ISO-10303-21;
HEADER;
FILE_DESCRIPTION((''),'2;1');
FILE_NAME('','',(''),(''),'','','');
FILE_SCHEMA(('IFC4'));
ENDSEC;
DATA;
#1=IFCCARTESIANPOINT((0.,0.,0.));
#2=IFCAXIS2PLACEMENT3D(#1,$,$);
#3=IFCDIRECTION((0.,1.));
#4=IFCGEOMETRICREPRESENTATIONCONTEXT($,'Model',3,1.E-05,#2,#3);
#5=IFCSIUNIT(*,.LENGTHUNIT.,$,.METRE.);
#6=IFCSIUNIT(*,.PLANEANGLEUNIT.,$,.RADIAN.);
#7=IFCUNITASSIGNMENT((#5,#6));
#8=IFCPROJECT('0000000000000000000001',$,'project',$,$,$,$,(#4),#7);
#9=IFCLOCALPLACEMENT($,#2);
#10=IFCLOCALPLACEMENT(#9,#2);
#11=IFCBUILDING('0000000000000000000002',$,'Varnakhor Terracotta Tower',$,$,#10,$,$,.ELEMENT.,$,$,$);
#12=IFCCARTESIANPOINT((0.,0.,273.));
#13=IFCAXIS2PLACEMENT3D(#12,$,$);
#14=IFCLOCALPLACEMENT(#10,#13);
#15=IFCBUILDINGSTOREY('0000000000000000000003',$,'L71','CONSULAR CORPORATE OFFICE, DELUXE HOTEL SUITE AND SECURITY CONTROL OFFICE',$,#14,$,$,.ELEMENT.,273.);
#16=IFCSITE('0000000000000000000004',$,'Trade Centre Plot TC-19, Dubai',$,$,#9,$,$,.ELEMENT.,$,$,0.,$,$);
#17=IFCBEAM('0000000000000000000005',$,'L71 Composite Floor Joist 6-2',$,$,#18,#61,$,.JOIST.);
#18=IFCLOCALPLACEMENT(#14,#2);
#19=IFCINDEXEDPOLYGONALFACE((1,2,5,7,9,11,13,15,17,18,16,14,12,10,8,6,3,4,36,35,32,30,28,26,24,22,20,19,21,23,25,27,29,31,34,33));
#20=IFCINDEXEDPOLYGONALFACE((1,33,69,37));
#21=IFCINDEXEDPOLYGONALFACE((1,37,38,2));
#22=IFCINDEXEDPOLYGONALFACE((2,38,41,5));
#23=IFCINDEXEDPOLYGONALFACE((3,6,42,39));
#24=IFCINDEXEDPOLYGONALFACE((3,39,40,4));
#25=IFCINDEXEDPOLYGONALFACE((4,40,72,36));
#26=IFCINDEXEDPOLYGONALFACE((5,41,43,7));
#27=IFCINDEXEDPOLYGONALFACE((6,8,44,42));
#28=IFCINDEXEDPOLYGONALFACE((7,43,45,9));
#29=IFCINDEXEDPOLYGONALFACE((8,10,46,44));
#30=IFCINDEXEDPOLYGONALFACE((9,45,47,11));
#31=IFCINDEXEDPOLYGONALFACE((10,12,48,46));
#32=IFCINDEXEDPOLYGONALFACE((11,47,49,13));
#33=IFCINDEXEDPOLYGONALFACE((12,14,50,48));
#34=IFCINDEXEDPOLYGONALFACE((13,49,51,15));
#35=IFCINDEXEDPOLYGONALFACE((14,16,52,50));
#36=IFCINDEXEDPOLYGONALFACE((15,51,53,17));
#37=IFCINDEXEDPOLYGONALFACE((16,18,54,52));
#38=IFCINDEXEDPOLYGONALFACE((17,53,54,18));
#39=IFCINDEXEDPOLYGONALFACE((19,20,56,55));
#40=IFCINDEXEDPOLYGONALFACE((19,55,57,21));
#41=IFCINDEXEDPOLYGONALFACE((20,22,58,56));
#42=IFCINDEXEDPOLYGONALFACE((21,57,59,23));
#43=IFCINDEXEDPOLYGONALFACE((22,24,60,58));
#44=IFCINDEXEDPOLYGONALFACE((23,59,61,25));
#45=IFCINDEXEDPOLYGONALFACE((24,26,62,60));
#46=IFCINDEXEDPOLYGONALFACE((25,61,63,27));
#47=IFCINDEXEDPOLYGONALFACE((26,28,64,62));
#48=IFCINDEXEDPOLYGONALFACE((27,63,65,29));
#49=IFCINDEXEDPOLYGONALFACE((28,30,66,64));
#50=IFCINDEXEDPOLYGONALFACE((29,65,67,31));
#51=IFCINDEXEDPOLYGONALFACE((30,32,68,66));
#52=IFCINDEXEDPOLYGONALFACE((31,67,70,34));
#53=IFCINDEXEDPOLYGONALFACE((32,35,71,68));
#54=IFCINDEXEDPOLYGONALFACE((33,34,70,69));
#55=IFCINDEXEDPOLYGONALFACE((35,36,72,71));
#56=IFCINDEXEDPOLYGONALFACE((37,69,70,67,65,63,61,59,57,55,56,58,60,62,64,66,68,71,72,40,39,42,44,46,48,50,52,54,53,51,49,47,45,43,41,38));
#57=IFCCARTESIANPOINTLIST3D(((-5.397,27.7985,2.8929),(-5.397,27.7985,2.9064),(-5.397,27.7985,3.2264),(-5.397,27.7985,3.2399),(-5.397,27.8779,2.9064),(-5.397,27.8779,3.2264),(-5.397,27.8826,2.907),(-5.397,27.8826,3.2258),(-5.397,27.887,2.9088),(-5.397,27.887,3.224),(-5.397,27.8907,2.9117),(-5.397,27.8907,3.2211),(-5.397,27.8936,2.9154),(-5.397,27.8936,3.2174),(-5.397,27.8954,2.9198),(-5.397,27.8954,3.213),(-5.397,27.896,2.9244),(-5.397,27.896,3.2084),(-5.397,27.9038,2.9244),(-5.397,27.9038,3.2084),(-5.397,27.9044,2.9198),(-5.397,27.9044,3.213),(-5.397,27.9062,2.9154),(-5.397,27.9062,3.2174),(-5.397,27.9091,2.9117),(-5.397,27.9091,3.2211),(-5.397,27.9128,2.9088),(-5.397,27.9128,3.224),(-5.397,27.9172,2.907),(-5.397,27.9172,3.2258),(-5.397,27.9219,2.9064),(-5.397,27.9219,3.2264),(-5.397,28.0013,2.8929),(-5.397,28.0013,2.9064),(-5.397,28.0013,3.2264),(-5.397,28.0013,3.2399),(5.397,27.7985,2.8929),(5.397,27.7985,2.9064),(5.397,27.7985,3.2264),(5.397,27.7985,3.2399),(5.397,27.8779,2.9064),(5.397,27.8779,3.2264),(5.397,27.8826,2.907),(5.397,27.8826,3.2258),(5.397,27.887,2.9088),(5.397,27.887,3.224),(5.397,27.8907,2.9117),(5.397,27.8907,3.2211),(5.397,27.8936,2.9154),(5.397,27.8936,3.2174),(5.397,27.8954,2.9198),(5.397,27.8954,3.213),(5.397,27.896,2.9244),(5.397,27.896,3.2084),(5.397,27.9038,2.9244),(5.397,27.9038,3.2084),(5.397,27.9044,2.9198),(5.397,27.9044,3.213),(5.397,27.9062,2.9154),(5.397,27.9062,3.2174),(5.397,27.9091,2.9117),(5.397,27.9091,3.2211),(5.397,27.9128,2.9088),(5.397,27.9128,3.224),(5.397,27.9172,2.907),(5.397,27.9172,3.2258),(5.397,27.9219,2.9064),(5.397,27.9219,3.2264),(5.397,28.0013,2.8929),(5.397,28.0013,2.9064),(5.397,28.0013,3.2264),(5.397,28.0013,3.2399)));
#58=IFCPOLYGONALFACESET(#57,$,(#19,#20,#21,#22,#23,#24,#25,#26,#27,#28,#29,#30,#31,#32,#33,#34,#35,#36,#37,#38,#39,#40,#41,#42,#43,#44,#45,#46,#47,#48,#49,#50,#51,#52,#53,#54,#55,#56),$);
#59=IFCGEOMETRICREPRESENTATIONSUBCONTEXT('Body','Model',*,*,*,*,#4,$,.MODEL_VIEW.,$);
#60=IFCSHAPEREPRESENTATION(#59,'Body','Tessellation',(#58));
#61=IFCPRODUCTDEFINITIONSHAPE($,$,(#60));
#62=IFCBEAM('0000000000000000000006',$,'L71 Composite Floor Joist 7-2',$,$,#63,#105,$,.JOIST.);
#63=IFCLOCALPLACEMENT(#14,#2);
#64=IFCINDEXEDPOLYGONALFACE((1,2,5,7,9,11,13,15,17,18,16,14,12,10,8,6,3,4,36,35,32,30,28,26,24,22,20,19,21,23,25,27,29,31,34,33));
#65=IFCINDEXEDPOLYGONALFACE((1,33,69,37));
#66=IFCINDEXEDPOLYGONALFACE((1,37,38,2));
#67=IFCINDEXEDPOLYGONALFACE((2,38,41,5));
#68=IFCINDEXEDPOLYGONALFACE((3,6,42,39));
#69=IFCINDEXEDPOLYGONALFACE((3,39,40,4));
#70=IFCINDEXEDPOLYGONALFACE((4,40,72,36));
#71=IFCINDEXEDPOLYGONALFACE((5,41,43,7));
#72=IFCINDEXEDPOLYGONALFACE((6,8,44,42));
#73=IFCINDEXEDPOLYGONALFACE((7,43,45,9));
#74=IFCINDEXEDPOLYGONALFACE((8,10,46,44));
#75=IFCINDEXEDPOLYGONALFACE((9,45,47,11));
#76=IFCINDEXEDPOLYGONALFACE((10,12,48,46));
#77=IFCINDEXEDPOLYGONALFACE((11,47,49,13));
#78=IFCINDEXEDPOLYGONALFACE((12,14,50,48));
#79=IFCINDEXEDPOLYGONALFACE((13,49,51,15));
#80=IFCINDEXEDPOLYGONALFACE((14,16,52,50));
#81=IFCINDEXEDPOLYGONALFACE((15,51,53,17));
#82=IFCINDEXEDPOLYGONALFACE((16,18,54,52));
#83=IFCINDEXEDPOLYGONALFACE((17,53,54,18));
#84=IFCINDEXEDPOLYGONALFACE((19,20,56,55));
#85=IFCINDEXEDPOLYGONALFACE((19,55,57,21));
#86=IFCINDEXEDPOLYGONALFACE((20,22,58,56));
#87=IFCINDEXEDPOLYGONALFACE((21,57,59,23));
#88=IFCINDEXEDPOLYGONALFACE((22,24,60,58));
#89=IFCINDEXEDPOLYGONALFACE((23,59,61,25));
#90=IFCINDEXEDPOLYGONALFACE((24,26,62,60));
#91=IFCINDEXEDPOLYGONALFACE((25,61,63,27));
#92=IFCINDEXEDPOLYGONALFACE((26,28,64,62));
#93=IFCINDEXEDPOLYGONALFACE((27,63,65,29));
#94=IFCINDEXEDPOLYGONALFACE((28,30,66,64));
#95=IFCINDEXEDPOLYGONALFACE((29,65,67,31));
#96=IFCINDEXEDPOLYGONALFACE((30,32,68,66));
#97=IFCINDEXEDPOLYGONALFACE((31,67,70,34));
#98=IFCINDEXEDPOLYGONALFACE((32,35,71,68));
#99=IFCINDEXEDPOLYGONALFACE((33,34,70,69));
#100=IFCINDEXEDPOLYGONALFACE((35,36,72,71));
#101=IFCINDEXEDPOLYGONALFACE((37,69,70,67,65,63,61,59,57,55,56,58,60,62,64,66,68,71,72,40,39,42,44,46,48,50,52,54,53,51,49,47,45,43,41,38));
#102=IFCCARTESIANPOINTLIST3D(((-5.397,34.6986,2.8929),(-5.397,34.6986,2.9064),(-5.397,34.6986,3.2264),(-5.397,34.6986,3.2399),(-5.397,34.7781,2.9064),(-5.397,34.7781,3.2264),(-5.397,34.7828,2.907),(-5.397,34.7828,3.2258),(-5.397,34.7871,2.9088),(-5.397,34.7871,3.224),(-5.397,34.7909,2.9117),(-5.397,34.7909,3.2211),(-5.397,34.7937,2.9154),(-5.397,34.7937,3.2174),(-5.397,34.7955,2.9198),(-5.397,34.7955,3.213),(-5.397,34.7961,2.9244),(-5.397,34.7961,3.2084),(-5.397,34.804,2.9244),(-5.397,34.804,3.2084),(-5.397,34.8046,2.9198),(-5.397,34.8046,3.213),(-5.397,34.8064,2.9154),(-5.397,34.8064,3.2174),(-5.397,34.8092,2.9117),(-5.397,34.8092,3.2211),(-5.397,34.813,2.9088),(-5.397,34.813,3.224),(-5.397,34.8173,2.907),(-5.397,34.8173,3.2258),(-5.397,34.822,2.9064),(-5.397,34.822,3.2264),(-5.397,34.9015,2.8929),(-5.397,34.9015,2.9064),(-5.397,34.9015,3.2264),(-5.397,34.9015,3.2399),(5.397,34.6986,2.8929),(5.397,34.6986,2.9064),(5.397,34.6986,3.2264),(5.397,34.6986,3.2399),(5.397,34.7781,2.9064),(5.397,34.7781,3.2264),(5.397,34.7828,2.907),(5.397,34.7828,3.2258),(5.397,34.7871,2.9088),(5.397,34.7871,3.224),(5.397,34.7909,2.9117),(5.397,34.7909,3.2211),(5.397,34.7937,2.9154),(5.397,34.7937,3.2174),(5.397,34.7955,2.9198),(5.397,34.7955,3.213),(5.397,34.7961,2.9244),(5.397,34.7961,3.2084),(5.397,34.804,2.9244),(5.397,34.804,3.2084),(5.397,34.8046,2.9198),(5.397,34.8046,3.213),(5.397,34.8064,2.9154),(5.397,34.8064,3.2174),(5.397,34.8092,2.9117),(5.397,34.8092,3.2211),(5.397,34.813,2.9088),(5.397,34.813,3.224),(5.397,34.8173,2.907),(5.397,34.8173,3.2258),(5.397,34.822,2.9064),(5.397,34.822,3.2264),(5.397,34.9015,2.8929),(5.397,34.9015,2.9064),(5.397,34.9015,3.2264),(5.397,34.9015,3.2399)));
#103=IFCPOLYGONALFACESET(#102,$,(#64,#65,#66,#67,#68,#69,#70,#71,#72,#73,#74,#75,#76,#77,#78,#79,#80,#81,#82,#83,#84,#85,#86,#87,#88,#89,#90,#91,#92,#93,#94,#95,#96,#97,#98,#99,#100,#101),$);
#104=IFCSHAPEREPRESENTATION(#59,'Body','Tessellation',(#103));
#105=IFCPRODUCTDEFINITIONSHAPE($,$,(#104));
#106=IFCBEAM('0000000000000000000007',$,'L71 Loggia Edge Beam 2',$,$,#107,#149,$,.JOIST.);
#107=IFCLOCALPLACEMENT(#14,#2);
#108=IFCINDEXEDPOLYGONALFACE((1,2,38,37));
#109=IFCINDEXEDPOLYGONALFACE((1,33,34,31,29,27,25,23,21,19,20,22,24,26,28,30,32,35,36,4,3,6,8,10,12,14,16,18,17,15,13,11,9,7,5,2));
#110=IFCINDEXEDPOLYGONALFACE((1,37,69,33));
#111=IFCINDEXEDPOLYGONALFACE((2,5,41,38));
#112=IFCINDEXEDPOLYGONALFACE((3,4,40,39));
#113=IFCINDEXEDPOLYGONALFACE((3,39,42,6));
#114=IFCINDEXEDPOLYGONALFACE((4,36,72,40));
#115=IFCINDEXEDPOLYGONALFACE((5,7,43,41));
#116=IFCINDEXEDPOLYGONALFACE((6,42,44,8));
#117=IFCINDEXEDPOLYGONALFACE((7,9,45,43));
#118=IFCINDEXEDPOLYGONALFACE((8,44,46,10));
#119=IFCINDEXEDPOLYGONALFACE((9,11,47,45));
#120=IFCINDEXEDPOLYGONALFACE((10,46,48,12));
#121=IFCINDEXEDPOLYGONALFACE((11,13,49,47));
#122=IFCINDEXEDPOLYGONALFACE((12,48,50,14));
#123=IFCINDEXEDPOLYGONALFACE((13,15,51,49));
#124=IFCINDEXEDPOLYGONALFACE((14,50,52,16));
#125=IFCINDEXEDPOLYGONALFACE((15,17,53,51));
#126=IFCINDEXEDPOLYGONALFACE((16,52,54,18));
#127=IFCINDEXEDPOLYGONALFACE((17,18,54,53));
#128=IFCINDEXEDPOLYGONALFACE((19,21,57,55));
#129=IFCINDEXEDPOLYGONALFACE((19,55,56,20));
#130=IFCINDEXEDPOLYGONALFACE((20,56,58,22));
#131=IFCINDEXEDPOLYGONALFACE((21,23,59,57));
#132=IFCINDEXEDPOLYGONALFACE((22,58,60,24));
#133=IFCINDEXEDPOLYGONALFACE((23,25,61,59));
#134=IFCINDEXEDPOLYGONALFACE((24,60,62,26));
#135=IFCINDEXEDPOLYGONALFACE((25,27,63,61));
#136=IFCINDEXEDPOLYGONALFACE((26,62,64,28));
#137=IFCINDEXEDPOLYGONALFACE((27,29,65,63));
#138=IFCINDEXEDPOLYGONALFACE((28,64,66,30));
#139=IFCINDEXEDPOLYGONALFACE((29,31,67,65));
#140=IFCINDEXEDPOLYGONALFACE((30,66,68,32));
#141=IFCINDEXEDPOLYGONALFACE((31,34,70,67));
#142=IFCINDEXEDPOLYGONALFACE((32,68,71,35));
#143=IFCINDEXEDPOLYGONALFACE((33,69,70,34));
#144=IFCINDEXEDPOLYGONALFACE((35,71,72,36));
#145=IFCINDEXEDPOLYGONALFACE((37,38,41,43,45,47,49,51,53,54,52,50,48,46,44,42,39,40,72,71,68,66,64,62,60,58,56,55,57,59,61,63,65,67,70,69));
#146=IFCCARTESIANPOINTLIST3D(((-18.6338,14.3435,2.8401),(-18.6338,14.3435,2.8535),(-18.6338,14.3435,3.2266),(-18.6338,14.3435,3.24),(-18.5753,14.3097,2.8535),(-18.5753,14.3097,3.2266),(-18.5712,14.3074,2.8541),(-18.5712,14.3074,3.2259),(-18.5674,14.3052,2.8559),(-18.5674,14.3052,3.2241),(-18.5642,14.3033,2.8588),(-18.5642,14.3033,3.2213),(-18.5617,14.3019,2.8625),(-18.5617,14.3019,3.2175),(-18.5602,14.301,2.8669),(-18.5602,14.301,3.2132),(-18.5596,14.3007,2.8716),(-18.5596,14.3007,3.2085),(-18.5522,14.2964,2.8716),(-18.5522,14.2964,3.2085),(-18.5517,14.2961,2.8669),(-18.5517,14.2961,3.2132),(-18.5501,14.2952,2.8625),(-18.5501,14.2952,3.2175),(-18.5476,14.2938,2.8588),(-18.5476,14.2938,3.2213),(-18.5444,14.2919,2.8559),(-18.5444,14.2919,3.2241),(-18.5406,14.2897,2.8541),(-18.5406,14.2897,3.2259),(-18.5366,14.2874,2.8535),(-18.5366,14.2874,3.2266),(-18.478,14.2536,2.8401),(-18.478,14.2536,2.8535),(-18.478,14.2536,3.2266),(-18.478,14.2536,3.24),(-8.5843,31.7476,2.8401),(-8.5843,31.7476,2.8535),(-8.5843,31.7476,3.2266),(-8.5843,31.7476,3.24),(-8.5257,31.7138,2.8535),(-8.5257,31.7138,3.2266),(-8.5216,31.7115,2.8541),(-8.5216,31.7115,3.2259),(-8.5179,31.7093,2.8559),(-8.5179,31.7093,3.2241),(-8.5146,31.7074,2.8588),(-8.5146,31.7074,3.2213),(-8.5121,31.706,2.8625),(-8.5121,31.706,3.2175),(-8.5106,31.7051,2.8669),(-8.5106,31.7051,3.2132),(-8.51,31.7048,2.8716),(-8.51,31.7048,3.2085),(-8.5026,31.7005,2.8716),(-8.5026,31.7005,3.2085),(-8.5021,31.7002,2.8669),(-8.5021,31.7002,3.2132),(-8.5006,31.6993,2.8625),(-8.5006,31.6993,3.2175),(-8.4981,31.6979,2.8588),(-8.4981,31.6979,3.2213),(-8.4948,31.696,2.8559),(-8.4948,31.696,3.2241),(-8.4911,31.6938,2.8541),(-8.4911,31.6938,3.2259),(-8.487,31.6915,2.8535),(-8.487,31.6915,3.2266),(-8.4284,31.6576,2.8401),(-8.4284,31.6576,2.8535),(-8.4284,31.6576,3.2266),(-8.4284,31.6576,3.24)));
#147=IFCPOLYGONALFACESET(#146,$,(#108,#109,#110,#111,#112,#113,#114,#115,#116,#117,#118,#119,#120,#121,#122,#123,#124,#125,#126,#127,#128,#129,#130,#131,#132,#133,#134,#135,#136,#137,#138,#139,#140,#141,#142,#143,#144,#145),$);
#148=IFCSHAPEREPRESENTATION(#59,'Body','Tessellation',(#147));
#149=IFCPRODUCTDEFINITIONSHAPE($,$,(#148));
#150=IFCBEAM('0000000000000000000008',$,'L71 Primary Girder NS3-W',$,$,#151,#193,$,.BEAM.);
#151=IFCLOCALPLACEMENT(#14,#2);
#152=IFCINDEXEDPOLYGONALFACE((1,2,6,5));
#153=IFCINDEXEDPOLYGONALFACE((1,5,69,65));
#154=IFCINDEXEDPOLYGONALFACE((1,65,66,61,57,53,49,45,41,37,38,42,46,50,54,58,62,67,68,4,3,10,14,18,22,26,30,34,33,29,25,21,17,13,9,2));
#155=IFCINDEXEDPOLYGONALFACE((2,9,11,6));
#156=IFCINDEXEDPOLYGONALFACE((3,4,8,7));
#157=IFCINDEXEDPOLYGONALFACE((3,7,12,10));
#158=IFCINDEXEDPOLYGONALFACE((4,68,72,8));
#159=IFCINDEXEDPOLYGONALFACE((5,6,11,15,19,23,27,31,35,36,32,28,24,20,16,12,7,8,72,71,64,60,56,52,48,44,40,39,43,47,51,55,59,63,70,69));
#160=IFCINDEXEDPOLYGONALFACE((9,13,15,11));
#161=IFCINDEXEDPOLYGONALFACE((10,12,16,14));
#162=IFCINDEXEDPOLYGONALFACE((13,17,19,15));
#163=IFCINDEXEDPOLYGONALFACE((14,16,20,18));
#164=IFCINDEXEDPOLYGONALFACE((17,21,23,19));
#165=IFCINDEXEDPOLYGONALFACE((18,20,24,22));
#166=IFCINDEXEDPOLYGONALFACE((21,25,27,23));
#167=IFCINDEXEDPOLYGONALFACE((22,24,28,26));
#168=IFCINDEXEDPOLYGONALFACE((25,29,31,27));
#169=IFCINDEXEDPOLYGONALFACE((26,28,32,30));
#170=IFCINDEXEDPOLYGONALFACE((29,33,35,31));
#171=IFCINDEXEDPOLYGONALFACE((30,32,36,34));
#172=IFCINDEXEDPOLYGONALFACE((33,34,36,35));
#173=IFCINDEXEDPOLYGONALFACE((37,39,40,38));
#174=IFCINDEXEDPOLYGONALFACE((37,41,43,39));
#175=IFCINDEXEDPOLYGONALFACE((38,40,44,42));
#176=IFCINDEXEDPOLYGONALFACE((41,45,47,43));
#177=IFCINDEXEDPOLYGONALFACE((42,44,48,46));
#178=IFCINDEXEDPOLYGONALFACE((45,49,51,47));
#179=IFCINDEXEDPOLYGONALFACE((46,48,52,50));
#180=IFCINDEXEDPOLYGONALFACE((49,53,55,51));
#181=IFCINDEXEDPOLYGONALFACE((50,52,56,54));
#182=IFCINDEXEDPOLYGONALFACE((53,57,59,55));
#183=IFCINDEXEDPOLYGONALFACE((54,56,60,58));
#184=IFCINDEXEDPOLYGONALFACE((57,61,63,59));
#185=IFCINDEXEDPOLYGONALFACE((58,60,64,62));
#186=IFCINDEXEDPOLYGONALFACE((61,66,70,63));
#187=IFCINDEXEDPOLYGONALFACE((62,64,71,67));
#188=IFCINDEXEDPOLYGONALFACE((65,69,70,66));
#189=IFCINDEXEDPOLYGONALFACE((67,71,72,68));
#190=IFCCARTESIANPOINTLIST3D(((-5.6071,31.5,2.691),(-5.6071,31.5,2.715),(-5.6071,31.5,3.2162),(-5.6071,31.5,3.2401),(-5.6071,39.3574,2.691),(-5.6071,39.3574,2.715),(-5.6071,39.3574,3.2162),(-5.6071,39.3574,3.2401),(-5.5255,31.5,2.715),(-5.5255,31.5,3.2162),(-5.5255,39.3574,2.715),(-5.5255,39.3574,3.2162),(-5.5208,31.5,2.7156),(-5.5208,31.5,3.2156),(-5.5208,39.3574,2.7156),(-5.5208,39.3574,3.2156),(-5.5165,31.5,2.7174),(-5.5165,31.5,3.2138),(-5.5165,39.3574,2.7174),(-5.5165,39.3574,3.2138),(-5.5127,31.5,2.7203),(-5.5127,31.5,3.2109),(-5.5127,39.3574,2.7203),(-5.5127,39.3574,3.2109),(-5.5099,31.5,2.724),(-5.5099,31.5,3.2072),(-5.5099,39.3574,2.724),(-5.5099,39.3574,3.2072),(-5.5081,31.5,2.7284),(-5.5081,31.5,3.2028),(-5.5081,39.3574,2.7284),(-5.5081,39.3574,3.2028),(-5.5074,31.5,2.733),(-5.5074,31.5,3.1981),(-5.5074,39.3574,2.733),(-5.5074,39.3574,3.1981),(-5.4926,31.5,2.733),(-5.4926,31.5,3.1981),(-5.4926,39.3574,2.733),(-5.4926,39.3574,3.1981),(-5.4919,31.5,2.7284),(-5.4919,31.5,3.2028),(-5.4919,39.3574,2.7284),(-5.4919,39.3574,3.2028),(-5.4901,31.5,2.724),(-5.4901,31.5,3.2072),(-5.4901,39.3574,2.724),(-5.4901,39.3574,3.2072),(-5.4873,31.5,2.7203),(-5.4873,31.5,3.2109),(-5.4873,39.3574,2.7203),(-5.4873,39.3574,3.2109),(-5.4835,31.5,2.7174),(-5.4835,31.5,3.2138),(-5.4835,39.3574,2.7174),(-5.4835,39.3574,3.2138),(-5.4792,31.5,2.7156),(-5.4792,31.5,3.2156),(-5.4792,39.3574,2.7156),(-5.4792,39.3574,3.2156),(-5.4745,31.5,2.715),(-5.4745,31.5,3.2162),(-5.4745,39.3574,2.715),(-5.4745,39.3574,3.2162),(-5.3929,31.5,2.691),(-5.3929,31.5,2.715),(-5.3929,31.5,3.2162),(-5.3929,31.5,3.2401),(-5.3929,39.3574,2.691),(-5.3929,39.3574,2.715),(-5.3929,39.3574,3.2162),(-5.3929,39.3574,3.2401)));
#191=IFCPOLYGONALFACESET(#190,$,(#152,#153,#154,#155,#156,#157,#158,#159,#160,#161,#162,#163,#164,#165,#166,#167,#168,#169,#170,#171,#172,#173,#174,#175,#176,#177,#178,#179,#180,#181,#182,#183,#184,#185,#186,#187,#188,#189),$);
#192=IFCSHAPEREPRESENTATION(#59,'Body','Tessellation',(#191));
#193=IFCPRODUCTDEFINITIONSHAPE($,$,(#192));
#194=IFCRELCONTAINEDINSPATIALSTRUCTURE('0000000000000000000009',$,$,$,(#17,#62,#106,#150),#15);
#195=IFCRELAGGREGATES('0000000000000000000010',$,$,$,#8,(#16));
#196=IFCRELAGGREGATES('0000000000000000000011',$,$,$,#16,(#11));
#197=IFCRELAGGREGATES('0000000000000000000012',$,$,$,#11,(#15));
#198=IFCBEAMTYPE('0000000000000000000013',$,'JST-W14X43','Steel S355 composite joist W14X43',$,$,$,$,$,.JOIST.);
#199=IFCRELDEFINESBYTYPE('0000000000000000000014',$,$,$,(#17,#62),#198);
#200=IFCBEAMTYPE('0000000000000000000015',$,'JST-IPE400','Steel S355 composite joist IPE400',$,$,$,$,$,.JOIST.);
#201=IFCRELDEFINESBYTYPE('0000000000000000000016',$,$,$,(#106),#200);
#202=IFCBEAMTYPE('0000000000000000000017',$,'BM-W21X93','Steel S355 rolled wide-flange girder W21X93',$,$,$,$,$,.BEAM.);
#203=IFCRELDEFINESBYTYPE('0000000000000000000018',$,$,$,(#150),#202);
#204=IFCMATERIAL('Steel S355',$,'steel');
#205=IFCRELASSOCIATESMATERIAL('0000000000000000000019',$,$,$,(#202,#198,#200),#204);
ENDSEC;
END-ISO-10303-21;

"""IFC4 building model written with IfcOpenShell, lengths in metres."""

from ifc_helpers import new_model, si_unit, direction, frame, origin, origin_2d, place, context, subcontext, project, spatial, i_section, extrude, source, transform, mapped, material, material_profile, profile_set, type_object, element, save


model = new_model("IFC4")

# Units and contexts
model_context = context("Model", 3, precision=1e-05, world=origin(), true_north=direction((0.0, 1.0)))
body_context = subcontext(model_context, "Body", "Model", "MODEL_VIEW")
ifc_project = project(units=[si_unit("LENGTHUNIT", "METRE"), si_unit("PLANEANGLEUNIT", "RADIAN")], contexts=[model_context])

# Site, building, storey
site_placement = place(None, origin())
site = spatial("IfcSite", under=ifc_project, at=site_placement, Name="Trade Centre Plot TC-19, Dubai", CompositionType="ELEMENT", RefElevation=0.0)
building_placement = place(site_placement, origin())
building = spatial("IfcBuilding", under=site, at=building_placement, Name="Varnakhor Terracotta Tower", CompositionType="ELEMENT")
storey_placement = place(building_placement, frame((0.0, 0.0, 273.0)))
storey = spatial("IfcBuildingStorey", under=building, at=storey_placement, Name="L71", Description="CONSULAR CORPORATE OFFICE, DELUXE HOTEL SUITE AND SECURITY CONTROL OFFICE", CompositionType="ELEMENT", Elevation=273.0)

# Beams
ifc_material_1 = material(Name="Steel S355", Category="steel")
ifc_material_profile_1 = material_profile(ifc_material_1, i_section(OverallWidth=0.2141, OverallDepth=0.5491, WebThickness=0.0149, FlangeThickness=0.0239, FilletRadius=0.0181, at=origin_2d()), Name="W21X93")
ifc_profile_set_1 = profile_set([ifc_material_profile_1], Name="Steel S355")
beam_type_1 = type_object("IfcBeamType", Name="BM-W21X93", Description="Steel S355 rolled wide-flange girder W21X93", PredefinedType="BEAM", material=ifc_profile_set_1)
ifc_material_profile_2 = material_profile(ifc_material_1, i_section(OverallWidth=0.2029, OverallDepth=0.3469, WebThickness=0.0078, FlangeThickness=0.0134, FilletRadius=0.0181, at=origin_2d()), Name="W14X43")
ifc_profile_set_2 = profile_set([ifc_material_profile_2], Name="Steel S355")
beam_type_2 = type_object("IfcBeamType", Name="JST-W14X43", Description="Steel S355 composite joist W14X43", PredefinedType="JOIST", material=ifc_profile_set_2)
shared_shape_1 = source(origin(), body_context, "Body", "SweptSolid", [
    extrude(i_section(OverallWidth=0.2029, OverallDepth=0.3469, WebThickness=0.0078, FlangeThickness=0.0134, FilletRadius=0.0181, at=origin_2d()), origin(), (0.0, 0.0, 1.0), 10.7939),
])
for number, where, z_axis, x_axis, name in (
    (1, (-5.397, 27.8999, 3.0664), (1.0, 0.0, 0.0), (0.0, 1.0, 0.0), "L71 Composite Floor Joist 6-2"),
    (2, (-5.397, 34.8, 3.0664), (1.0, 0.0, 0.0), (0.0, 1.0, 0.0), "L71 Composite Floor Joist 7-2"),
):
    element("IfcBeam", number, at=place(storey_placement, frame(where, z_axis=z_axis, x_axis=x_axis)), inside=storey, type_object=beam_type_2, Name=name, PredefinedType="JOIST", context=body_context, shape_type="MappedRepresentation", body=[
        mapped(shared_shape_1, transform((0.0, 0.0, 0.0), scale=1.0)),
    ])
ifc_material_profile_3 = material_profile(ifc_material_1, i_section(OverallWidth=0.1799, OverallDepth=0.3999, WebThickness=0.0085, FlangeThickness=0.0134, FilletRadius=0.0181, at=origin_2d()), Name="IPE400")
ifc_profile_set_3 = profile_set([ifc_material_profile_3], Name="Steel S355")
beam_type_3 = type_object("IfcBeamType", Name="JST-IPE400", Description="Steel S355 composite joist IPE400", PredefinedType="JOIST", material=ifc_profile_set_3)
shared_shape_2 = source(origin(), body_context, "Body", "SweptSolid", [
    extrude(i_section(OverallWidth=0.1799, OverallDepth=0.3999, WebThickness=0.0085, FlangeThickness=0.0134, FilletRadius=0.0181, at=origin_2d()), origin(), (0.0, 0.0, 1.0), 20.0972),
])
beam_1_placement = place(storey_placement, frame((-8.5063, 31.7026, 3.04), z_axis=(-0.500049, -0.865997, 0.0), x_axis=(0.865997, -0.500049, 0.0)))
element("IfcBeam", 3, at=beam_1_placement, inside=storey, type_object=beam_type_3, Name="L71 Loggia Edge Beam 2", PredefinedType="JOIST", context=body_context, shape_type="MappedRepresentation", body=[
    mapped(shared_shape_2, transform((0.0, 0.0, 0.0), scale=1.0)),
])
shared_shape_3 = source(origin(), body_context, "Body", "SweptSolid", [
    extrude(i_section(OverallWidth=0.2141, OverallDepth=0.5491, WebThickness=0.0149, FlangeThickness=0.0239, FilletRadius=0.0181, at=origin_2d()), origin(), (0.0, 0.0, 1.0), 7.8574),
])
beam_2_placement = place(storey_placement, frame((-5.5, 31.5, 2.9656), z_axis=(0.0, 1.0, 0.0), x_axis=(-1.0, 0.0, 0.0)))
element("IfcBeam", 4, at=beam_2_placement, inside=storey, type_object=beam_type_1, Name="L71 Primary Girder NS3-W", PredefinedType="BEAM", context=body_context, shape_type="MappedRepresentation", body=[
    mapped(shared_shape_3, transform((0.0, 0.0, 0.0), scale=1.0)),
])

save(model, "model.ifc")
